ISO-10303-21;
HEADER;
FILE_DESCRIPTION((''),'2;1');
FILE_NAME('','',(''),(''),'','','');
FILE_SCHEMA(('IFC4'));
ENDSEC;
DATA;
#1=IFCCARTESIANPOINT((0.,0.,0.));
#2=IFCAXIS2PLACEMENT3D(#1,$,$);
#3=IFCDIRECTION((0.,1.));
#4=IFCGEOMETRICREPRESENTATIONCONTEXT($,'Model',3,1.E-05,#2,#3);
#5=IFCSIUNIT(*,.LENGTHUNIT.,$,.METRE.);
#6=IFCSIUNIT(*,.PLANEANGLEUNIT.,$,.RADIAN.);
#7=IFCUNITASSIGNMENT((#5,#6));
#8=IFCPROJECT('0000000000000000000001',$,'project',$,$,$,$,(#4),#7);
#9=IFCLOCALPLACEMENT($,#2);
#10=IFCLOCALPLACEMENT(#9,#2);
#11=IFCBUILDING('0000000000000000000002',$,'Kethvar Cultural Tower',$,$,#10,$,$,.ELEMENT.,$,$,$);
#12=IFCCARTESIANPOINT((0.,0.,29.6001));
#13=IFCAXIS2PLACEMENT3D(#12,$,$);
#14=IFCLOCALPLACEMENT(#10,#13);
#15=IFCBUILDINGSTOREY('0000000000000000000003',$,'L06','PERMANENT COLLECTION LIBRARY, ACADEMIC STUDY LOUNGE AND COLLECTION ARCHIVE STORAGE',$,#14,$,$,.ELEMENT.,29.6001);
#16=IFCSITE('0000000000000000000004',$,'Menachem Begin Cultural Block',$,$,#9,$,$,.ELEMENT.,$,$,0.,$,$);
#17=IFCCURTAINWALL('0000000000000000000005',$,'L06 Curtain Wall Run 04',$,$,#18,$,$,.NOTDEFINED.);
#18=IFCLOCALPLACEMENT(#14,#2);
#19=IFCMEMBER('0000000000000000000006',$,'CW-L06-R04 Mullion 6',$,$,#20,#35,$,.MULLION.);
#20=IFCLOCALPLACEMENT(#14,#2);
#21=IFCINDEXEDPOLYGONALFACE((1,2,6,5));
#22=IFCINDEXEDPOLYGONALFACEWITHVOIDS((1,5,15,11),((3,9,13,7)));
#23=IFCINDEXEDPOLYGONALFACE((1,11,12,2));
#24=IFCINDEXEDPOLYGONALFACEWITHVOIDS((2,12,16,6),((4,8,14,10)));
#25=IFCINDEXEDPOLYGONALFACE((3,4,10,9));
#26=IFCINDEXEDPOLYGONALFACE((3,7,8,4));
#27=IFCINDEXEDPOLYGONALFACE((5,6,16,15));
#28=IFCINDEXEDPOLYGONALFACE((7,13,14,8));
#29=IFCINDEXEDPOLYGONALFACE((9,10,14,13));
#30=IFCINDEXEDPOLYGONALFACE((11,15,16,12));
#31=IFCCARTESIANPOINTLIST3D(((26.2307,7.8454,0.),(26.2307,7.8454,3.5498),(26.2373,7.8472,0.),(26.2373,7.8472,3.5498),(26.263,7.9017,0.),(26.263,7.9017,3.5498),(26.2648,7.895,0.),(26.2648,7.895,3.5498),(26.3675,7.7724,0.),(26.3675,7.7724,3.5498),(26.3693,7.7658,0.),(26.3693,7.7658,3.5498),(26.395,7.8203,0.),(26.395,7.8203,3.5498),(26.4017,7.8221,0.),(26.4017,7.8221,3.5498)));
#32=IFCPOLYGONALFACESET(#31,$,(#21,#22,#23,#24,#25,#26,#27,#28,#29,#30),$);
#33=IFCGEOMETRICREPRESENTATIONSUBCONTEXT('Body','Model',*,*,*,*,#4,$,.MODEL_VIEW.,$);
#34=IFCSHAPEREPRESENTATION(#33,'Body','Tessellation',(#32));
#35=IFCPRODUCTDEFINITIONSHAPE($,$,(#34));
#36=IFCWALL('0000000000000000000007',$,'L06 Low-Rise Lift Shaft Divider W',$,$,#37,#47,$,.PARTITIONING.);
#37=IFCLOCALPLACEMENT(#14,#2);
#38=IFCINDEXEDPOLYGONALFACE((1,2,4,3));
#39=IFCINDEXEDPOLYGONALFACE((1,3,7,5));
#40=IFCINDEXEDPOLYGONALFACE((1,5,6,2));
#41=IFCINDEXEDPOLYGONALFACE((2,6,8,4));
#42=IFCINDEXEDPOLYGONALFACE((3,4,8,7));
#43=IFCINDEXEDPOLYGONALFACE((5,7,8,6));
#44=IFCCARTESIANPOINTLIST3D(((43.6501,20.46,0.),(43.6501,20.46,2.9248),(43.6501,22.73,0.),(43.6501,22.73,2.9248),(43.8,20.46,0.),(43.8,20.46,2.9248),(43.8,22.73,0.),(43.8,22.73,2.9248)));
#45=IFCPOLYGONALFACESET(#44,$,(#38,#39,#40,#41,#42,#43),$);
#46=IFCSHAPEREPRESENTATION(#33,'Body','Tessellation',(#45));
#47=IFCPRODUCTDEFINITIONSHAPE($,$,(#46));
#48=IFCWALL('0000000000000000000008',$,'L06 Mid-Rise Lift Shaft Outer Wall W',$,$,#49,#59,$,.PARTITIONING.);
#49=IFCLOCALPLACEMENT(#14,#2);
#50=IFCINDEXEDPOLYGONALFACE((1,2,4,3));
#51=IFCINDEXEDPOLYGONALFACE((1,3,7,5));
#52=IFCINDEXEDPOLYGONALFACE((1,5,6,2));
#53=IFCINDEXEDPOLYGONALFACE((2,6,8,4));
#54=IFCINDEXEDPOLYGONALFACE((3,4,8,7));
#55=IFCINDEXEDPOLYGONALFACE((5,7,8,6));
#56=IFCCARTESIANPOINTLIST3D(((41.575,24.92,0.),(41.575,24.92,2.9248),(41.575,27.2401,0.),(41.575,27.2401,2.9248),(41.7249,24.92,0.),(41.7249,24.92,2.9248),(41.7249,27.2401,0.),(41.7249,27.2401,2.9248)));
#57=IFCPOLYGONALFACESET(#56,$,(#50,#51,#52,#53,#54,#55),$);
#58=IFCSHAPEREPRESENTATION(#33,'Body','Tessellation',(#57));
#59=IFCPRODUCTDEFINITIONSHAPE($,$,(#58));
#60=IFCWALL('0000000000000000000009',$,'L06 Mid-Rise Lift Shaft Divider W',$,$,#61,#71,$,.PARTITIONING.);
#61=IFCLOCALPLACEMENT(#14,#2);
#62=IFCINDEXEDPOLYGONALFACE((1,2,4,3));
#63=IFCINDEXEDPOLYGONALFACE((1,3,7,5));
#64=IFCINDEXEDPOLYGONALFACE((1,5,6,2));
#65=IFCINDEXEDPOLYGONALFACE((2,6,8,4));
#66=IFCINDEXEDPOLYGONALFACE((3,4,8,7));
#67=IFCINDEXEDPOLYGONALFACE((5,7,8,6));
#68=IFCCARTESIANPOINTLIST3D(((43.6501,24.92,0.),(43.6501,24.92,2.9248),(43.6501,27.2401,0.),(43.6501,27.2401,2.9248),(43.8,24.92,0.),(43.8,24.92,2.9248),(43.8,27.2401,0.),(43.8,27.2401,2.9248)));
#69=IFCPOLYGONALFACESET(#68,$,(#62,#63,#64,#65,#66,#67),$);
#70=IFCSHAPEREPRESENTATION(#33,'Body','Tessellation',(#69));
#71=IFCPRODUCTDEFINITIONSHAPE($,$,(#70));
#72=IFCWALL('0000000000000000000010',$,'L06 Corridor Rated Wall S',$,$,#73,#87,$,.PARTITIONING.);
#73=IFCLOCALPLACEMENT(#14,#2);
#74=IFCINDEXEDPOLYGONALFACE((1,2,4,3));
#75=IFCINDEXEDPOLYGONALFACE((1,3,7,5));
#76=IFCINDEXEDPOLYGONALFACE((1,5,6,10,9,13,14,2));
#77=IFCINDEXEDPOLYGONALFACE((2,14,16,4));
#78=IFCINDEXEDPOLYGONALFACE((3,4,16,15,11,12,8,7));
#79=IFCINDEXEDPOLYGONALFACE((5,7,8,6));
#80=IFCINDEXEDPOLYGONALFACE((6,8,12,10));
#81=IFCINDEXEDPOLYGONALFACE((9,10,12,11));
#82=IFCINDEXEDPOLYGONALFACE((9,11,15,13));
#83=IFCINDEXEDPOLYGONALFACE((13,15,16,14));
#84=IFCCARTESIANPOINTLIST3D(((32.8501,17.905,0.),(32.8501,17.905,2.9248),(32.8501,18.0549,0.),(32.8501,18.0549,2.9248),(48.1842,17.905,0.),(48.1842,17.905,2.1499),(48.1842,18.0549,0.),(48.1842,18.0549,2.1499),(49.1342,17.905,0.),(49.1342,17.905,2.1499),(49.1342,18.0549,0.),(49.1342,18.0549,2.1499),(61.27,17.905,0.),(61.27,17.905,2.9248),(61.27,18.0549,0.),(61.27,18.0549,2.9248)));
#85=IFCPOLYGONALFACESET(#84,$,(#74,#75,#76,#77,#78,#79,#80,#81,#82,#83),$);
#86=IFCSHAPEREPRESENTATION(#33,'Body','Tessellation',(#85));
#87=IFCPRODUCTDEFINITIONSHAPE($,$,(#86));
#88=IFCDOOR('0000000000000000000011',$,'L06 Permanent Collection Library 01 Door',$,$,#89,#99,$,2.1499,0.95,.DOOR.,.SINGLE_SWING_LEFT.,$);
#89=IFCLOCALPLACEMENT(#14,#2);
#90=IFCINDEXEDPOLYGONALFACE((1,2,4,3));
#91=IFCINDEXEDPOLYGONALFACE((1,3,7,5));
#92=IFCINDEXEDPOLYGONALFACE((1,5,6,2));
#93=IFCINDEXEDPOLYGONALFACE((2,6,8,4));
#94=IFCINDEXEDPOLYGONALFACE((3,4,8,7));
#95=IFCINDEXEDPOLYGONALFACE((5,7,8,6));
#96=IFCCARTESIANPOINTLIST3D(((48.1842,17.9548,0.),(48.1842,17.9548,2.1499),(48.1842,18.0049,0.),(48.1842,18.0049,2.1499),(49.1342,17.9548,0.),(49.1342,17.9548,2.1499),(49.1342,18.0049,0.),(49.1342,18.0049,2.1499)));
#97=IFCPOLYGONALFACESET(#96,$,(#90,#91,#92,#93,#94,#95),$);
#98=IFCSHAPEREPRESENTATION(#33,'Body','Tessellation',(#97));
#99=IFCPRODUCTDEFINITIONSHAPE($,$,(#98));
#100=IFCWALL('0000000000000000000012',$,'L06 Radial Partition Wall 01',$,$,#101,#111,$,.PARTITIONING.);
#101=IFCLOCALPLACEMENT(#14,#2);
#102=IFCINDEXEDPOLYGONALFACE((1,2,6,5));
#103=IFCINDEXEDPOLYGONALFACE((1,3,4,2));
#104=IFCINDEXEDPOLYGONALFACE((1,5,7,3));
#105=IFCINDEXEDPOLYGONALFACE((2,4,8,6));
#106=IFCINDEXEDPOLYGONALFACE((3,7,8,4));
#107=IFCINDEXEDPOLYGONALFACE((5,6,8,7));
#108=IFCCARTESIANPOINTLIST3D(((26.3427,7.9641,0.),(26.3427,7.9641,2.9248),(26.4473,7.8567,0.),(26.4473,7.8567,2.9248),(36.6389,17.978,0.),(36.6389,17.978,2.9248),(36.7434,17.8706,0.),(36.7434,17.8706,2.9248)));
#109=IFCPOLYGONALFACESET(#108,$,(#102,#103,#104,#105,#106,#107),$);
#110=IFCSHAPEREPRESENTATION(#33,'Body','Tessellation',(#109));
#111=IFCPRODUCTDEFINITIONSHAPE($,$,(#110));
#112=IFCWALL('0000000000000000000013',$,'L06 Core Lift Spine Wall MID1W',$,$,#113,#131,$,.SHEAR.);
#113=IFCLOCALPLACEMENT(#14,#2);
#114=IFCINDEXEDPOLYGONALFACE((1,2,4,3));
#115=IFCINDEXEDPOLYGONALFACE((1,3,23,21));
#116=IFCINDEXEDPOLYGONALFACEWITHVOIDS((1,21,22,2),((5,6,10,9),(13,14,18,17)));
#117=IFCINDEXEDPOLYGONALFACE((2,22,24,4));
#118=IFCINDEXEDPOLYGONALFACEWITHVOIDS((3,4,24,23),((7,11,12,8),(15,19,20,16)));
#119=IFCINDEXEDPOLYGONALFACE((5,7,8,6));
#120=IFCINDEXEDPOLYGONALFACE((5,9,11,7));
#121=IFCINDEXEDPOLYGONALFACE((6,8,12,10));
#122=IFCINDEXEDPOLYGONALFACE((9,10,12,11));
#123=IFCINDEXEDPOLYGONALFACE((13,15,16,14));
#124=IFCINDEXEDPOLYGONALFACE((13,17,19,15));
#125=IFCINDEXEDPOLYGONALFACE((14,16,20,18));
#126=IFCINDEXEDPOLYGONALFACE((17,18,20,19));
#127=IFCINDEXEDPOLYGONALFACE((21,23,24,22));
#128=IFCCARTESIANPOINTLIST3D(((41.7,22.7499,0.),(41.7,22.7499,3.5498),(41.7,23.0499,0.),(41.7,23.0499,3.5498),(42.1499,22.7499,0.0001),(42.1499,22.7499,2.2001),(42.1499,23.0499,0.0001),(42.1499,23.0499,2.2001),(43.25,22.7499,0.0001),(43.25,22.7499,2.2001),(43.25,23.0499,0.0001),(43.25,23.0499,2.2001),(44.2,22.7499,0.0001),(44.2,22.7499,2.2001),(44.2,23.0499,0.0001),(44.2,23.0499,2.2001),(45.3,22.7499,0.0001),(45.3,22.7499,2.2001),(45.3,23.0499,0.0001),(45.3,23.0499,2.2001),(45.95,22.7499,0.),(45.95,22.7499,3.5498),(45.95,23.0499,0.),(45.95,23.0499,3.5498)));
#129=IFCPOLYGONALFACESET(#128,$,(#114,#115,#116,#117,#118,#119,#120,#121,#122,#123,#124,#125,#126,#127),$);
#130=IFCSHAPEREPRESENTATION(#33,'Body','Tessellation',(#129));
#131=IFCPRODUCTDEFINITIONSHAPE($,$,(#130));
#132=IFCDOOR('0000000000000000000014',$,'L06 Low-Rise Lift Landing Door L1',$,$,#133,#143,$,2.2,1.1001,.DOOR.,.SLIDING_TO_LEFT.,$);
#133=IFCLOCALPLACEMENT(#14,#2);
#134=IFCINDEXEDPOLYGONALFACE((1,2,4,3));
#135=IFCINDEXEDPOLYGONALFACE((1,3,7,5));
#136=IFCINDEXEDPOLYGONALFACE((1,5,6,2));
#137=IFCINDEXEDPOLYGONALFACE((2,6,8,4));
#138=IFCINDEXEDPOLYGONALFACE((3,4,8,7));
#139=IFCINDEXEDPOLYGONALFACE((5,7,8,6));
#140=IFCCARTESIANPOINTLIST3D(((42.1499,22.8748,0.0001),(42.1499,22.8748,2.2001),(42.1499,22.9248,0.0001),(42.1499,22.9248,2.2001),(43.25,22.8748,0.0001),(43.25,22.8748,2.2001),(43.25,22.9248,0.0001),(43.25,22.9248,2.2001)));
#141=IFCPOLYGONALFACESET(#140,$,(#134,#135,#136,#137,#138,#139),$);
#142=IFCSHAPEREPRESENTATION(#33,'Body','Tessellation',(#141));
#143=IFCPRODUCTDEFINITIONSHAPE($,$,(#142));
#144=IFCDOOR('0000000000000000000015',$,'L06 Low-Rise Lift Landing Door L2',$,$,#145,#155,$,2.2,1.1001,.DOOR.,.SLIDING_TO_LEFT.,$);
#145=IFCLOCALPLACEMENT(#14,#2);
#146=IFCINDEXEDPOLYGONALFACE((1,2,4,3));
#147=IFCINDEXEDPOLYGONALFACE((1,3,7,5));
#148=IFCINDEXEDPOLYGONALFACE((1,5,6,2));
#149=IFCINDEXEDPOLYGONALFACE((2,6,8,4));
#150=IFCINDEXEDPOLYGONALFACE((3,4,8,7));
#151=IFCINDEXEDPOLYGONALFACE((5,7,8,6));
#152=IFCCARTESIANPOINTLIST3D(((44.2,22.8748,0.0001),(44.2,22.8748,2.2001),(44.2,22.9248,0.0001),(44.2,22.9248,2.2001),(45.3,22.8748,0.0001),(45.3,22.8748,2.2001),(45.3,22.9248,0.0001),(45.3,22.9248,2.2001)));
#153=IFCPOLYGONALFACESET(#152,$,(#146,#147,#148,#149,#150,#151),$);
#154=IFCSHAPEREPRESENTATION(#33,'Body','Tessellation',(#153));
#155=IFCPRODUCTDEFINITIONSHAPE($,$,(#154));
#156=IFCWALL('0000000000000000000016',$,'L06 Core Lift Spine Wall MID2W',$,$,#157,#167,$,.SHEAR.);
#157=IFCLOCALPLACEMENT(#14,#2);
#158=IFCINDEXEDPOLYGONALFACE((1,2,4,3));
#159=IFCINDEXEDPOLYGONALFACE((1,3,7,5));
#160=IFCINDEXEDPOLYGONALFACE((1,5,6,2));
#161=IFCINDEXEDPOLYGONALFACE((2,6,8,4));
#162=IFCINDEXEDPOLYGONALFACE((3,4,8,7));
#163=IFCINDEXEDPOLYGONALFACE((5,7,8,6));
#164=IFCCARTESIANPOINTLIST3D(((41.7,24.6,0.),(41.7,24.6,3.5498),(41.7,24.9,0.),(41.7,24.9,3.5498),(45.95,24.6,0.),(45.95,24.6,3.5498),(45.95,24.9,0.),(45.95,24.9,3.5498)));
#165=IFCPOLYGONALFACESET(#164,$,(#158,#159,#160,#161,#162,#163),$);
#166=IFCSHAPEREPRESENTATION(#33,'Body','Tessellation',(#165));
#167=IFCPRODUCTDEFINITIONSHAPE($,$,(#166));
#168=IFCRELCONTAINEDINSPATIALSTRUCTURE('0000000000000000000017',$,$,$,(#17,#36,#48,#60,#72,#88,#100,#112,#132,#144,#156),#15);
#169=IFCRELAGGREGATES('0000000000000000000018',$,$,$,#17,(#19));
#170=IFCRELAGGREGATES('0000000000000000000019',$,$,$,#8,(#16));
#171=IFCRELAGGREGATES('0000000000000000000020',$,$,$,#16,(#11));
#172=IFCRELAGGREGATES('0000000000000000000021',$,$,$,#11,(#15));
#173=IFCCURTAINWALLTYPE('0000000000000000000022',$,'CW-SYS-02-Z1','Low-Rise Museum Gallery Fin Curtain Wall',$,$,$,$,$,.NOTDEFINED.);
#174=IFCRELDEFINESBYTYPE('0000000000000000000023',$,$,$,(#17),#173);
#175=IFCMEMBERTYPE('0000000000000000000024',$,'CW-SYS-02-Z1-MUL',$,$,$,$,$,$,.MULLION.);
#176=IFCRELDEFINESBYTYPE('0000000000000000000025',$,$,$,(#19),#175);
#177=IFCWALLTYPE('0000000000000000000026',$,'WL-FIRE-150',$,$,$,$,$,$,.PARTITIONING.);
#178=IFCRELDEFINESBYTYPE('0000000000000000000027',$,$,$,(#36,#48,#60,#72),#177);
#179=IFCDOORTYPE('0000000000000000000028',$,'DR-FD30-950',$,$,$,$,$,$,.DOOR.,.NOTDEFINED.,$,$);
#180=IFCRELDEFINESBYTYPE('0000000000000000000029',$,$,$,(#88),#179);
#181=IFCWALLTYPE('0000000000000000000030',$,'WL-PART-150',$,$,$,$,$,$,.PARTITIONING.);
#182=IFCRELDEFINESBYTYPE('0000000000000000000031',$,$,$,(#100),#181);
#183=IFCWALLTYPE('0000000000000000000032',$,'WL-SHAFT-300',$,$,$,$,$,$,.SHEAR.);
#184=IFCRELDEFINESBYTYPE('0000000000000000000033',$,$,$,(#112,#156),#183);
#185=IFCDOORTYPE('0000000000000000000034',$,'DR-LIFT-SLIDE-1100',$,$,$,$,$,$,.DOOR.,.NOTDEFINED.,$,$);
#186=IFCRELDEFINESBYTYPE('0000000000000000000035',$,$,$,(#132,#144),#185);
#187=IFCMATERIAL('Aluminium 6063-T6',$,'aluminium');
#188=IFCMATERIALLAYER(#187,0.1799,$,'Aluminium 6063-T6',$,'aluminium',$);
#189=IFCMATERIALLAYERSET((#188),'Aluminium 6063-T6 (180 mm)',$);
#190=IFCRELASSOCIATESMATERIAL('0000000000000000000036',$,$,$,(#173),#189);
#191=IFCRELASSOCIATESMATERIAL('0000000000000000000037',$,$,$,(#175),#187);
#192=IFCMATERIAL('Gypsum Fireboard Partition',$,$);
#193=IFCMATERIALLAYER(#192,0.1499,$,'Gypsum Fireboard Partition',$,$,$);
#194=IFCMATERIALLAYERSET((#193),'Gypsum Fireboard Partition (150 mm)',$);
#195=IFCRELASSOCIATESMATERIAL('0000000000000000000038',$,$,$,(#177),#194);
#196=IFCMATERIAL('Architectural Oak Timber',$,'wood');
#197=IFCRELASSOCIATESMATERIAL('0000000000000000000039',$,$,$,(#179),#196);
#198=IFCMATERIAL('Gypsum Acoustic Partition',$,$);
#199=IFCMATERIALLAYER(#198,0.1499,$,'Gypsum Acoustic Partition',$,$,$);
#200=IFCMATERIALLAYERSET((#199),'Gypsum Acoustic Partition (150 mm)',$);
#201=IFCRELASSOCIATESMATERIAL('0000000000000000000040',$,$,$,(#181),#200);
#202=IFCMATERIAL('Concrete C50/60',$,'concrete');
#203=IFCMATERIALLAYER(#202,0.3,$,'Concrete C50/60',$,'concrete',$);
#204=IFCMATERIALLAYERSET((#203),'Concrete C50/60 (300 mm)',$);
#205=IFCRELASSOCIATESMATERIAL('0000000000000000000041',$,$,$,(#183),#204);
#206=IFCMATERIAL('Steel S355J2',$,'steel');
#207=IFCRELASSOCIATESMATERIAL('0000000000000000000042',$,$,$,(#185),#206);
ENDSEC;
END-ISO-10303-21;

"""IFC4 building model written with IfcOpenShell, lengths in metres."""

from ifc_helpers import new_model, si_unit, direction, frame, frame_2d, origin, origin_2d, place, context, subcontext, project, spatial, rectangle, hollow_rectangle, extrude, source, transform, mapped, material, layer, layer_set, material_profile, profile_set, type_object, element, fill, aggregate, save


model = new_model("IFC4")

# Units and contexts
model_context = context("Model", 3, precision=1e-05, world=origin(), true_north=direction((0.0, 1.0)))
body_context = subcontext(model_context, "Body", "Model", "MODEL_VIEW")
ifc_project = project(units=[si_unit("LENGTHUNIT", "METRE"), si_unit("PLANEANGLEUNIT", "RADIAN")], contexts=[model_context])

# Site, building, storey
site_placement = place(None, origin())
site = spatial("IfcSite", under=ifc_project, at=site_placement, Name="Menachem Begin Cultural Block", CompositionType="ELEMENT", RefElevation=0.0)
building_placement = place(site_placement, origin())
building = spatial("IfcBuilding", under=site, at=building_placement, Name="Kethvar Cultural Tower", CompositionType="ELEMENT")
storey_placement = place(building_placement, frame((0.0, 0.0, 29.6001)))
storey = spatial("IfcBuildingStorey", under=building, at=storey_placement, Name="L06", Description="PERMANENT COLLECTION LIBRARY, ACADEMIC STUDY LOUNGE AND COLLECTION ARCHIVE STORAGE", CompositionType="ELEMENT", Elevation=29.6001)

# Shared definitions
ifc_material_1 = material(Name="Steel S355J2", Category="steel")

# Curtain wall, member
ifc_material_2 = material(Name="Aluminium 6063-T6", Category="aluminium")
ifc_layer_1 = layer(ifc_material_2, 0.1799, Name="Aluminium 6063-T6", Category="aluminium")
ifc_layer_set_1 = layer_set([ifc_layer_1], Name="Aluminium 6063-T6 (180 mm)")
curtain_wall_type = type_object("IfcCurtainWallType", Name="CW-SYS-02-Z1", Description="Low-Rise Museum Gallery Fin Curtain Wall", PredefinedType="NOTDEFINED", material=ifc_layer_set_1)
curtain_wall_placement = place(storey_placement, origin())
curtain_wall = element("IfcCurtainWall", 1, at=curtain_wall_placement, inside=storey, type_object=curtain_wall_type, Name="L06 Curtain Wall Run 04", PredefinedType="NOTDEFINED")
ifc_material_profile_1 = material_profile(ifc_material_2, hollow_rectangle(XDim=0.0649, YDim=0.1599, WallThickness=0.0049, at=origin_2d()), Name="Aluminium 6063-T6 — RHS160x65x5")
ifc_profile_set_1 = profile_set([ifc_material_profile_1], Name="Aluminium 6063-T6 — RHS160x65x5")
member_type = type_object("IfcMemberType", Name="CW-SYS-02-Z1-MUL", PredefinedType="MULLION", material=ifc_profile_set_1)
shared_shape_1 = source(origin(), body_context, "Body", "SweptSolid", [
    extrude(hollow_rectangle(XDim=0.0649, YDim=0.1599, WallThickness=0.0049, at=origin_2d()), origin(), (0.0, 0.0, 1.0), 3.5498),
])
member_placement = place(storey_placement, frame((26.3162, 7.8337, 0.0), z_axis=(0.0, 0.0, 1.0), x_axis=(0.497822, 0.867279, 0.0)))
member = element("IfcMember", 2, at=member_placement, type_object=member_type, Name="CW-L06-R04 Mullion 6", PredefinedType="MULLION", context=body_context, shape_type="MappedRepresentation", body=[
    mapped(shared_shape_1, transform((0.0, 0.0, 0.0), scale=1.0)),
])
aggregate(curtain_wall, [member])

# Walls
ifc_material_3 = material(Name="Gypsum Fireboard Partition")
ifc_layer_2 = layer(ifc_material_3, 0.1499, Name="Gypsum Fireboard Partition")
ifc_layer_set_2 = layer_set([ifc_layer_2], Name="Gypsum Fireboard Partition (150 mm)")
wall_type_1 = type_object("IfcWallType", Name="WL-FIRE-150", PredefinedType="PARTITIONING", material=ifc_layer_set_2)
wall_1_placement = place(storey_placement, frame((43.7251, 20.46, 0.0), z_axis=(0.0, 0.0, 1.0), x_axis=(0.0, 1.0, 0.0)))
element("IfcWall", 3, at=wall_1_placement, inside=storey, type_object=wall_type_1, Name="L06 Low-Rise Lift Shaft Divider W", PredefinedType="PARTITIONING", context=body_context, shape_type="SweptSolid", body=[
    extrude(rectangle(XDim=2.27, YDim=0.1499, at=frame_2d((1.135, 0.0))), origin(), (0.0, 0.0, 1.0), 2.9248),
])
for number, where, z_axis, x_axis, name in (
    (4, (41.6499, 24.9199, 0.0), (0.0, 0.0, 1.0), (0.0, 1.0, 0.0), "L06 Mid-Rise Lift Shaft Outer Wall W"),
    (5, (43.7251, 24.9199, 0.0), (0.0, 0.0, 1.0), (0.0, 1.0, 0.0), "L06 Mid-Rise Lift Shaft Divider W"),
):
    element("IfcWall", number, at=place(storey_placement, frame(where, z_axis=z_axis, x_axis=x_axis)), inside=storey, type_object=wall_type_1, Name=name, PredefinedType="PARTITIONING", context=body_context, shape_type="SweptSolid", body=[
        extrude(rectangle(XDim=2.3201, YDim=0.1499, at=frame_2d((1.1602, 0.0))), origin(), (0.0, 0.0, 1.0), 2.9248),
    ])

# Wall, opening, door
wall_2_placement = place(storey_placement, frame((32.8501, 17.98, 0.0), z_axis=(0.0, 0.0, 1.0), x_axis=(1.0, 0.0, 0.0)))
wall_2 = element("IfcWall", 6, at=wall_2_placement, inside=storey, type_object=wall_type_1, Name="L06 Corridor Rated Wall S", PredefinedType="PARTITIONING", context=body_context, shape_type="SweptSolid", body=[
    extrude(rectangle(XDim=28.4199, YDim=0.1499, at=frame_2d((14.21, 0.0))), origin(), (0.0, 0.0, 1.0), 2.9248),
])
opening_1_placement = place(wall_2_placement, frame((15.334, 0.0, 0.0)))
opening_1 = element("IfcOpeningElement", 7, at=opening_1_placement, cuts=wall_2, PredefinedType="OPENING", context=body_context, shape_type="SweptSolid", body=[
    extrude(rectangle(XDim=0.95, YDim=2.1499, at=frame_2d((0.4751, 1.075))), frame((0.0, 0.085, 0.0), z_axis=(0.0, -1.0, 0.0), x_axis=(1.0, 0.0, 0.0)), (0.0, 0.0, 1.0), 0.1699),
])
ifc_material_4 = material(Name="Architectural Oak Timber", Category="wood")
door_type_1 = type_object("IfcDoorType", Name="DR-FD30-950", OperationType="NOTDEFINED", PredefinedType="DOOR", material=ifc_material_4)
shared_shape_2 = source(origin(), body_context, "Body", "SweptSolid", [
    extrude(rectangle(XDim=0.95, YDim=2.1499, at=frame_2d((0.4751, 1.075))), frame((0.0, 0.0249, 0.0), z_axis=(0.0, -1.0, 0.0), x_axis=(1.0, 0.0, 0.0)), (0.0, 0.0, 1.0), 0.05),
])
door_1_placement = place(opening_1_placement, origin())
door_1 = element("IfcDoor", 8, at=door_1_placement, inside=storey, type_object=door_type_1, Name="L06 Permanent Collection Library 01 Door", OperationType="SINGLE_SWING_LEFT", OverallHeight=2.1499, OverallWidth=0.95, PredefinedType="DOOR", context=body_context, shape_type="MappedRepresentation", body=[
    mapped(shared_shape_2, transform((0.0, 0.0, 0.0), scale=1.0)),
])
fill(opening_1, door_1)

# Wall
ifc_material_5 = material(Name="Gypsum Acoustic Partition")
ifc_layer_3 = layer(ifc_material_5, 0.1499, Name="Gypsum Acoustic Partition")
ifc_layer_set_3 = layer_set([ifc_layer_3], Name="Gypsum Acoustic Partition (150 mm)")
wall_type_2 = type_object("IfcWallType", Name="WL-PART-150", PredefinedType="PARTITIONING", material=ifc_layer_set_3)
wall_3_placement = place(storey_placement, frame((36.6912, 17.9243, 0.0), z_axis=(0.0, 0.0, 1.0), x_axis=(-0.716863, -0.697214, 0.0)))
element("IfcWall", 9, at=wall_3_placement, inside=storey, type_object=wall_type_2, Name="L06 Radial Partition Wall 01", PredefinedType="PARTITIONING", context=body_context, shape_type="SweptSolid", body=[
    extrude(rectangle(XDim=14.3628, YDim=0.1499, at=frame_2d((7.1814, 0.0))), origin(), (0.0, 0.0, 1.0), 2.9248),
])

# Wall, openings, doors
ifc_material_6 = material(Name="Concrete C50/60", Category="concrete")
ifc_layer_4 = layer(ifc_material_6, 0.3, Name="Concrete C50/60", Category="concrete")
ifc_layer_set_4 = layer_set([ifc_layer_4], Name="Concrete C50/60 (300 mm)")
wall_type_3 = type_object("IfcWallType", Name="WL-SHAFT-300", PredefinedType="SHEAR", material=ifc_layer_set_4)
wall_4_placement = place(storey_placement, frame((41.7, 22.8999, 0.0), z_axis=(0.0, 0.0, 1.0), x_axis=(1.0, 0.0, 0.0)))
wall_4 = element("IfcWall", 10, at=wall_4_placement, inside=storey, type_object=wall_type_3, Name="L06 Core Lift Spine Wall MID1W", PredefinedType="SHEAR", context=body_context, shape_type="SweptSolid", body=[
    extrude(rectangle(XDim=4.25, YDim=0.3, at=frame_2d((2.125, 0.0))), origin(), (0.0, 0.0, 1.0), 3.5498),
])
opening_2_placement = place(wall_4_placement, frame((0.45, 0.0, 0.0)))
opening_2 = element("IfcOpeningElement", 11, at=opening_2_placement, cuts=wall_4, PredefinedType="OPENING", context=body_context, shape_type="SweptSolid", body=[
    extrude(rectangle(XDim=1.1001, YDim=2.2, at=frame_2d((0.55, 1.1001))), frame((0.0, 0.1599, 0.0), z_axis=(0.0, -1.0, 0.0), x_axis=(1.0, 0.0, 0.0)), (0.0, 0.0, 1.0), 0.3201),
])
opening_3_placement = place(wall_4_placement, frame((2.5, 0.0, 0.0)))
opening_3 = element("IfcOpeningElement", 12, at=opening_3_placement, cuts=wall_4, PredefinedType="OPENING", context=body_context, shape_type="SweptSolid", body=[
    extrude(rectangle(XDim=1.1001, YDim=2.2, at=frame_2d((0.55, 1.1001))), frame((0.0, 0.1599, 0.0), z_axis=(0.0, -1.0, 0.0), x_axis=(1.0, 0.0, 0.0)), (0.0, 0.0, 1.0), 0.3201),
])
door_type_2 = type_object("IfcDoorType", Name="DR-LIFT-SLIDE-1100", OperationType="NOTDEFINED", PredefinedType="DOOR", material=ifc_material_1)
shared_shape_3 = source(origin(), body_context, "Body", "SweptSolid", [
    extrude(rectangle(XDim=1.1001, YDim=2.2, at=frame_2d((0.55, 1.1001))), frame((0.0, 0.0249, 0.0), z_axis=(0.0, -1.0, 0.0), x_axis=(1.0, 0.0, 0.0)), (0.0, 0.0, 1.0), 0.05),
])
door_2_placement = place(opening_2_placement, origin())
door_2 = element("IfcDoor", 13, at=door_2_placement, inside=storey, type_object=door_type_2, Name="L06 Low-Rise Lift Landing Door L1", OperationType="SLIDING_TO_LEFT", OverallHeight=2.2, OverallWidth=1.1001, PredefinedType="DOOR", context=body_context, shape_type="MappedRepresentation", body=[
    mapped(shared_shape_3, transform((0.0, 0.0, 0.0), scale=1.0)),
])
fill(opening_2, door_2)
door_3_placement = place(opening_3_placement, origin())
door_3 = element("IfcDoor", 14, at=door_3_placement, inside=storey, type_object=door_type_2, Name="L06 Low-Rise Lift Landing Door L2", OperationType="SLIDING_TO_LEFT", OverallHeight=2.2, OverallWidth=1.1001, PredefinedType="DOOR", context=body_context, shape_type="MappedRepresentation", body=[
    mapped(shared_shape_3, transform((0.0, 0.0, 0.0), scale=1.0)),
])
fill(opening_3, door_3)

# Wall
wall_5_placement = place(storey_placement, frame((41.7, 24.75, 0.0), z_axis=(0.0, 0.0, 1.0), x_axis=(1.0, 0.0, 0.0)))
element("IfcWall", 15, at=wall_5_placement, inside=storey, type_object=wall_type_3, Name="L06 Core Lift Spine Wall MID2W", PredefinedType="SHEAR", context=body_context, shape_type="SweptSolid", body=[
    extrude(rectangle(XDim=4.25, YDim=0.3, at=frame_2d((2.125, 0.0))), origin(), (0.0, 0.0, 1.0), 3.5498),
])

save(model, "model.ifc")
